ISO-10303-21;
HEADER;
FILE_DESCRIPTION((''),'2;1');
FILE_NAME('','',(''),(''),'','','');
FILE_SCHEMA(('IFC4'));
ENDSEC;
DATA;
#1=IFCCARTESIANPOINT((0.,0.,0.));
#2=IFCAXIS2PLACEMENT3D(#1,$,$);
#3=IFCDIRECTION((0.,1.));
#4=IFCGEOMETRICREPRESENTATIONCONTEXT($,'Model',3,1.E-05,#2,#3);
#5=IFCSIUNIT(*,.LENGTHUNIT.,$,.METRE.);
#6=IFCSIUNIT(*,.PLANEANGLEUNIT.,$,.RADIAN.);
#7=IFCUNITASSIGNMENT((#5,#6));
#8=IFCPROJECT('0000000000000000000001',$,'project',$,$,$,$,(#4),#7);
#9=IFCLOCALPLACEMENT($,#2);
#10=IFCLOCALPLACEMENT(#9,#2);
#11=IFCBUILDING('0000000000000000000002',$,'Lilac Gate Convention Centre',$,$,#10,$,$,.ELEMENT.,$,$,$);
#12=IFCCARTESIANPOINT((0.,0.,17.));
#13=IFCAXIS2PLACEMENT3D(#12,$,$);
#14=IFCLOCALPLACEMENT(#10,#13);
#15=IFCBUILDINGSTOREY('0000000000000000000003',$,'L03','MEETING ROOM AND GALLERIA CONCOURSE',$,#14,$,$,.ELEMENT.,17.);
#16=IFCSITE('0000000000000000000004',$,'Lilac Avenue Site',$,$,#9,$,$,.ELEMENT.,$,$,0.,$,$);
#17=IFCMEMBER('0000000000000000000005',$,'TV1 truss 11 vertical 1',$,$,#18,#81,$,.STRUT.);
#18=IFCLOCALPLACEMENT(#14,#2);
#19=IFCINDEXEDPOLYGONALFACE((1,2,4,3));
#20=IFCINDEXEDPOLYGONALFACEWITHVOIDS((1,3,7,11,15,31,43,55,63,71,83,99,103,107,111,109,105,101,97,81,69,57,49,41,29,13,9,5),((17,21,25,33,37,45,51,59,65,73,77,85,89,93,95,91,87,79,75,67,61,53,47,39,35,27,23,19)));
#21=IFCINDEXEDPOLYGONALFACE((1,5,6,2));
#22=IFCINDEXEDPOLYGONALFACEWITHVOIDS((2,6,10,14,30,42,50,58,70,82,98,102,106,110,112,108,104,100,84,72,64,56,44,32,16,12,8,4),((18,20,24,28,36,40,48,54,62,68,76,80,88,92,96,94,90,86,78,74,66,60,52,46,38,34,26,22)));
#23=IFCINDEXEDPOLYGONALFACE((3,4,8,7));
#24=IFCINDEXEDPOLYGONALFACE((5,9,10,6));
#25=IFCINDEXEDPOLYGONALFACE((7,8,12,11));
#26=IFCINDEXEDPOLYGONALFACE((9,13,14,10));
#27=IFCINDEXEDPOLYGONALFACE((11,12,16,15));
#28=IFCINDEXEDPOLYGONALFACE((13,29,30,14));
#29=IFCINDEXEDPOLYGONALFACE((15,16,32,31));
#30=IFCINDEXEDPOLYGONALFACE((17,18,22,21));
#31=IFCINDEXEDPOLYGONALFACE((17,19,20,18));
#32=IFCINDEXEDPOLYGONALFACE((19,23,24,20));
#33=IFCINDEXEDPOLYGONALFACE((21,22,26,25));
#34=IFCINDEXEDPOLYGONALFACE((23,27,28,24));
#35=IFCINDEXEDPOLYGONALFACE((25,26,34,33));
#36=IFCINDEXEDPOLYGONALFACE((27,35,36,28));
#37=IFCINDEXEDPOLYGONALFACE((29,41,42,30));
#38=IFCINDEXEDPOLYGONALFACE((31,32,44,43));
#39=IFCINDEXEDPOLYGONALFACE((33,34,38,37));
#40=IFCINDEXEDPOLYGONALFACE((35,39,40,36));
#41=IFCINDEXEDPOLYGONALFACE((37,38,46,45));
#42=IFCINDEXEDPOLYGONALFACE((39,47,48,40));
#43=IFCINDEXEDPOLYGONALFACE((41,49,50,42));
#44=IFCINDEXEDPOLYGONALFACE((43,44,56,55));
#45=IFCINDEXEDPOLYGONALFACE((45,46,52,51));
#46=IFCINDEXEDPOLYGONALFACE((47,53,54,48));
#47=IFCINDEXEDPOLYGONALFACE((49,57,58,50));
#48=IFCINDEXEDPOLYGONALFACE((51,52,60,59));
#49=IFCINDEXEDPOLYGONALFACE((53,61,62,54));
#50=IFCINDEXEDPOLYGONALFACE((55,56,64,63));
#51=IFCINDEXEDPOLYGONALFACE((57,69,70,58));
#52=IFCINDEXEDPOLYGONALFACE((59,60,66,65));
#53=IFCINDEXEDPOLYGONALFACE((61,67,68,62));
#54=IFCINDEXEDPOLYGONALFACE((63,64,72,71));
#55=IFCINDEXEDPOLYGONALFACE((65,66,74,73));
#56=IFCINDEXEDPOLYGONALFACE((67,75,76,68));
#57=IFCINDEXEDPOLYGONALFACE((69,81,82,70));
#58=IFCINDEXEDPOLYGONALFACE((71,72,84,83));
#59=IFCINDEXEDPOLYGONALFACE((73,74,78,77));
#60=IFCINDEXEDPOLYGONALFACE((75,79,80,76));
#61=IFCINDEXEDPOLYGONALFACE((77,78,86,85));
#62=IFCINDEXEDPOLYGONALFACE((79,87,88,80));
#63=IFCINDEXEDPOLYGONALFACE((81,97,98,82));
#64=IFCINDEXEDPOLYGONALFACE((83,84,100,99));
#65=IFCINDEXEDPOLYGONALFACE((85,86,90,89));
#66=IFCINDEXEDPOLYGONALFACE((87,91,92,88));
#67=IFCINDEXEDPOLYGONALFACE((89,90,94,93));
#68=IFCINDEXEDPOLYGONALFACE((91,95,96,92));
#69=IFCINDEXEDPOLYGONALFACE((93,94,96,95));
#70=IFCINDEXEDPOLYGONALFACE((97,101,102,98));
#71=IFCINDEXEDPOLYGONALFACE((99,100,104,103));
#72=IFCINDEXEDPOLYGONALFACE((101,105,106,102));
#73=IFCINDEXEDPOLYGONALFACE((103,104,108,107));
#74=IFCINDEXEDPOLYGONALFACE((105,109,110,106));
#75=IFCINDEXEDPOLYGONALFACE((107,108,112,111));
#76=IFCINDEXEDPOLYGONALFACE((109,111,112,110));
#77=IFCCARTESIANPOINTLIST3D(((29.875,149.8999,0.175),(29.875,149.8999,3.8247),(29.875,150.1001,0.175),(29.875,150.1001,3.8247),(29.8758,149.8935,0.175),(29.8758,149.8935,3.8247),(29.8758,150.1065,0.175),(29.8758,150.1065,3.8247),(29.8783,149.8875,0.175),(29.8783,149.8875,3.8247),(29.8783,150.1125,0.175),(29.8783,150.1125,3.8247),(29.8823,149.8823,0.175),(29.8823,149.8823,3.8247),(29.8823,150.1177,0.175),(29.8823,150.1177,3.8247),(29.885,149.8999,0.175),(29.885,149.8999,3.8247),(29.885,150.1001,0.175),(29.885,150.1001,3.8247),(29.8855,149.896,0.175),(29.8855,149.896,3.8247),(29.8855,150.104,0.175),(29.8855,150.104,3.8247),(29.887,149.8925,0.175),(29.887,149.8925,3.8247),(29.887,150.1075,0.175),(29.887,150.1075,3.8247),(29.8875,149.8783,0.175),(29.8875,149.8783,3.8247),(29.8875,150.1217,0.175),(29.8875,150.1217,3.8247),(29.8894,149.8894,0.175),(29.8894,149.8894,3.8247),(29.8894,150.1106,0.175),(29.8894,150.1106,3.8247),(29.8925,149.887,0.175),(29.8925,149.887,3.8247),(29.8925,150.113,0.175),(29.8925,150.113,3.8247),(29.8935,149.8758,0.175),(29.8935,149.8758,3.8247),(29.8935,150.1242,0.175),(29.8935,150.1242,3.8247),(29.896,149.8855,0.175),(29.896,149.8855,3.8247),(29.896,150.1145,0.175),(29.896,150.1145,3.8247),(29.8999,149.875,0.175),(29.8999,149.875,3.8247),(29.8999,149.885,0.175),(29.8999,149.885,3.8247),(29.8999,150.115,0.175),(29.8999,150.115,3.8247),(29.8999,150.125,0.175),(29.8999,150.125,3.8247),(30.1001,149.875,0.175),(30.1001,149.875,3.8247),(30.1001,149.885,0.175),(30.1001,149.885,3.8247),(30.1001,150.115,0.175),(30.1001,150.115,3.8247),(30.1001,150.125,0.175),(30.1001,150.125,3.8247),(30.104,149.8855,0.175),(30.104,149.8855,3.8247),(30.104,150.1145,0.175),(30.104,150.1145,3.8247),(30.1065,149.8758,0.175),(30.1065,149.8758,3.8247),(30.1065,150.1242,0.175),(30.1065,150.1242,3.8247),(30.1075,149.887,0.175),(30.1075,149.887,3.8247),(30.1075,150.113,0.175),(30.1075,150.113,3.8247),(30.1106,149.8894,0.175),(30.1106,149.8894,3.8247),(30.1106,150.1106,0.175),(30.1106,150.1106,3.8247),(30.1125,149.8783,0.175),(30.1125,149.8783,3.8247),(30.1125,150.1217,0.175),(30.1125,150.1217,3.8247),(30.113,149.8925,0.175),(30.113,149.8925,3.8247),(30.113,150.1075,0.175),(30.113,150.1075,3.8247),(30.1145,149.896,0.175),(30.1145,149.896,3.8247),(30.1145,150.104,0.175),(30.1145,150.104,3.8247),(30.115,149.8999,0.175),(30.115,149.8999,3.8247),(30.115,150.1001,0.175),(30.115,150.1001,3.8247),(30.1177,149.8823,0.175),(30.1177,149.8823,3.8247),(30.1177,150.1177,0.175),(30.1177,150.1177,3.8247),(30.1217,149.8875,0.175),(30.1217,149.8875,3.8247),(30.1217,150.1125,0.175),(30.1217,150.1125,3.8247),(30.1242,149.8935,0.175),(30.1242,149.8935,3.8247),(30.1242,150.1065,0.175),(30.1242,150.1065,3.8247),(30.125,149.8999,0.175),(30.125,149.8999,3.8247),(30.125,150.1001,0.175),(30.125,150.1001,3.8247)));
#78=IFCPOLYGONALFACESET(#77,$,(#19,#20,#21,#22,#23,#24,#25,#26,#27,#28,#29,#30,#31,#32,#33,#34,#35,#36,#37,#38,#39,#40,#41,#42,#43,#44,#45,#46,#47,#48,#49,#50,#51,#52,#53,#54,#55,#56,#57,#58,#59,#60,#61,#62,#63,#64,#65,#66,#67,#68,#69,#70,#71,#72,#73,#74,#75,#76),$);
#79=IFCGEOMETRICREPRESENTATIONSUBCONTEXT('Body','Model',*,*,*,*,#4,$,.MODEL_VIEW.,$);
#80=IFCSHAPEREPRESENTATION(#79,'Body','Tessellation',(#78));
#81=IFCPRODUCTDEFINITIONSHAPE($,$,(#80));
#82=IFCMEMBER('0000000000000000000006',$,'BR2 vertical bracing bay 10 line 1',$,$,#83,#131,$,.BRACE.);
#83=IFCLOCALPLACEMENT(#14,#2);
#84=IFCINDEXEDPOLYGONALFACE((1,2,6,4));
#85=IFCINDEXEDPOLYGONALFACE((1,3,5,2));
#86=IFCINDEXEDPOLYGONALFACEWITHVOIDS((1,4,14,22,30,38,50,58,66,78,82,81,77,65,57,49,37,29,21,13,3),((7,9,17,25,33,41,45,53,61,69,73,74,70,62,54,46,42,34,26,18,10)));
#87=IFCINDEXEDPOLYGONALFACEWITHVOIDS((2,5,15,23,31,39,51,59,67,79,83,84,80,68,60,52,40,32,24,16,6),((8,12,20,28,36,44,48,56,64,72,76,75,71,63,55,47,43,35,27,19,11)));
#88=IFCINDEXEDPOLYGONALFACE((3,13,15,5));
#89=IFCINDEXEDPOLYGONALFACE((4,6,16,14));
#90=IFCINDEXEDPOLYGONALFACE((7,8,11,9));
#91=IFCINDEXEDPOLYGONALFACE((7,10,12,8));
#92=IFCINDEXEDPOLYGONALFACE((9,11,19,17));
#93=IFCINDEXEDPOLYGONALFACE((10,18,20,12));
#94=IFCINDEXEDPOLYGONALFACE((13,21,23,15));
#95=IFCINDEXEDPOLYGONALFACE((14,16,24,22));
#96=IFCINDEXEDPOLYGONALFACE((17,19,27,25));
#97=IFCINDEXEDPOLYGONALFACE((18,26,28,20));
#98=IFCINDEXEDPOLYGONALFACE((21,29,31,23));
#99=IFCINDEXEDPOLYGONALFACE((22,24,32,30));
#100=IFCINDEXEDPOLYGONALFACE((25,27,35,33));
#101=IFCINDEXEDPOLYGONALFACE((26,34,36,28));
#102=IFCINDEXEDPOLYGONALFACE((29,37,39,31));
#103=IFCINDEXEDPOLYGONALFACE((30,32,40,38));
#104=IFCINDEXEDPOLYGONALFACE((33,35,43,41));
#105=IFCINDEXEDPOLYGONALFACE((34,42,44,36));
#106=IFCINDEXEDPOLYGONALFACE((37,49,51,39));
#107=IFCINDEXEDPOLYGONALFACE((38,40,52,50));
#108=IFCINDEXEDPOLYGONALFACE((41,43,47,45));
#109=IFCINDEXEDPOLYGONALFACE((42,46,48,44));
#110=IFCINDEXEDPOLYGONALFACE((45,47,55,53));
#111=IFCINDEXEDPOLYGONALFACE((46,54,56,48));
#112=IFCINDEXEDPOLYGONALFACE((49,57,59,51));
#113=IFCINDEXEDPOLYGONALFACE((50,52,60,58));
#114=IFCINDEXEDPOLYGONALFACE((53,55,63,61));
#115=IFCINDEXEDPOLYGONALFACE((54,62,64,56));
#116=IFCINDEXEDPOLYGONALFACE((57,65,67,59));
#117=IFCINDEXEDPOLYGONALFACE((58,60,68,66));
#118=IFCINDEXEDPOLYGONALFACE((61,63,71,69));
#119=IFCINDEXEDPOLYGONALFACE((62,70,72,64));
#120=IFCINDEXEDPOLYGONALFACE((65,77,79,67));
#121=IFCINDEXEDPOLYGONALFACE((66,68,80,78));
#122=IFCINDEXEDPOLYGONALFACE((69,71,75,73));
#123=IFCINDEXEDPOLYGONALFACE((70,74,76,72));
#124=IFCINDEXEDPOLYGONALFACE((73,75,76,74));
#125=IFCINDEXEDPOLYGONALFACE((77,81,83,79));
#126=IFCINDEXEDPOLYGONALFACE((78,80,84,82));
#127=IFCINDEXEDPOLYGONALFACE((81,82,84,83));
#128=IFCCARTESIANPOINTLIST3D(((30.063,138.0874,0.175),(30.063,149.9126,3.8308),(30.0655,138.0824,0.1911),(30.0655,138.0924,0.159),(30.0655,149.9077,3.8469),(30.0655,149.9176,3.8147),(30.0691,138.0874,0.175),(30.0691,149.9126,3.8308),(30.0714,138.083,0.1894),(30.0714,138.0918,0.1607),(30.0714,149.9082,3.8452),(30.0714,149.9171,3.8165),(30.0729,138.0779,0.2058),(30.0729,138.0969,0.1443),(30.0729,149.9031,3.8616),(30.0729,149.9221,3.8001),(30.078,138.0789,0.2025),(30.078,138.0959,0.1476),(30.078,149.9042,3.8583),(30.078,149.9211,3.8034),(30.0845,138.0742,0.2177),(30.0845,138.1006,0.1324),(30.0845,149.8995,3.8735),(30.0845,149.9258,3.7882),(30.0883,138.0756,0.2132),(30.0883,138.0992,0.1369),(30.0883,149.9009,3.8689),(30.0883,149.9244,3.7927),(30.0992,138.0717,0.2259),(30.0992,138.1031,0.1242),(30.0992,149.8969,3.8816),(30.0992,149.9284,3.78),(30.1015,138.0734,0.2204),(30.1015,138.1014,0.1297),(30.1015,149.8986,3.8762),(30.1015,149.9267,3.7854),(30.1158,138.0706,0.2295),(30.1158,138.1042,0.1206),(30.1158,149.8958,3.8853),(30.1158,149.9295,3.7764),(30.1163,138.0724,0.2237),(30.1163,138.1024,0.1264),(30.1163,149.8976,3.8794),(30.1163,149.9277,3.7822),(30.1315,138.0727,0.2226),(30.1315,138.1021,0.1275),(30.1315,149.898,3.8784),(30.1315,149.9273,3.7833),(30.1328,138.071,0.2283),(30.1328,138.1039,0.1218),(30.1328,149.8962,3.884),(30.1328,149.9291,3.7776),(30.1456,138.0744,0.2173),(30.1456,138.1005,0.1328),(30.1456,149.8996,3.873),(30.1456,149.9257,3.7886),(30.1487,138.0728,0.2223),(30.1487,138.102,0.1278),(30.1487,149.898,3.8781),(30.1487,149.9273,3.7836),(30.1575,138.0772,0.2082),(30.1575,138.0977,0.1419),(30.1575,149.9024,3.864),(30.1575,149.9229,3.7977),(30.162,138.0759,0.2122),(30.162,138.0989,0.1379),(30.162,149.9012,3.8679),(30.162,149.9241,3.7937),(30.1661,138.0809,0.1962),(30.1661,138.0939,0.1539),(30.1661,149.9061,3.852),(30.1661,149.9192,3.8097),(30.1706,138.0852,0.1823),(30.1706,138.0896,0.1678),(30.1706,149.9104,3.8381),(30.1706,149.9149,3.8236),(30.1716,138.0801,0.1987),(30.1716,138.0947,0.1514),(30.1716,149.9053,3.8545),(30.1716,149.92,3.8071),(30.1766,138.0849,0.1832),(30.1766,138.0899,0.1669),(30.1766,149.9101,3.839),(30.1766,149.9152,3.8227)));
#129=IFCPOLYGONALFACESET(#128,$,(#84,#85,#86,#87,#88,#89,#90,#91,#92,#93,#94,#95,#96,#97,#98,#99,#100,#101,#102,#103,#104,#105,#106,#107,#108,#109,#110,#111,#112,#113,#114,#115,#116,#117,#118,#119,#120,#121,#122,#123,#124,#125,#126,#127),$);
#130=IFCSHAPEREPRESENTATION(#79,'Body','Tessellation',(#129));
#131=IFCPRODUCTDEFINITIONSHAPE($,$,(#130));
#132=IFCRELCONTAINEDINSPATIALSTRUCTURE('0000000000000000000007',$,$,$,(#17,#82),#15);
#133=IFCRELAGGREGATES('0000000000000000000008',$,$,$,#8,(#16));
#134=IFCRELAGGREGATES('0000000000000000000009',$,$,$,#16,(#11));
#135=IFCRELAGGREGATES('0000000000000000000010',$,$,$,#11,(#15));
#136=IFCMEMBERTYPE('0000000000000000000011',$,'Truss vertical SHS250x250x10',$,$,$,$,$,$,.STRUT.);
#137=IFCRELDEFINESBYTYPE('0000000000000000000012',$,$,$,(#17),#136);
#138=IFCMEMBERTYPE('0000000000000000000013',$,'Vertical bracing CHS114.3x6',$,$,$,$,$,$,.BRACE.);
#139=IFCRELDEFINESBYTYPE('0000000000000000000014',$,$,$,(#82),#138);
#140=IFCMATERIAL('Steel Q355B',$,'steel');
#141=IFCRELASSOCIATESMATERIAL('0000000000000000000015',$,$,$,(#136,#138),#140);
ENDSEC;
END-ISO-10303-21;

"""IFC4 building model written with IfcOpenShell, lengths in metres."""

from ifc_helpers import new_model, si_unit, direction, frame, origin, origin_2d, place, context, subcontext, project, spatial, hollow_rectangle, hollow_circle, extrude, material, material_profile, profile_set, type_object, element, save


model = new_model("IFC4")

# Units and contexts
model_context = context("Model", 3, precision=1e-05, world=origin(), true_north=direction((0.0, 1.0)))
body_context = subcontext(model_context, "Body", "Model", "MODEL_VIEW")
ifc_project = project(units=[si_unit("LENGTHUNIT", "METRE"), si_unit("PLANEANGLEUNIT", "RADIAN")], contexts=[model_context])

# Site, building, storey
site_placement = place(None, origin())
site = spatial("IfcSite", under=ifc_project, at=site_placement, Name="Lilac Avenue Site", CompositionType="ELEMENT", RefElevation=0.0)
building_placement = place(site_placement, origin())
building = spatial("IfcBuilding", under=site, at=building_placement, Name="Lilac Gate Convention Centre", CompositionType="ELEMENT")
storey_placement = place(building_placement, frame((0.0, 0.0, 17.0)))
storey = spatial("IfcBuildingStorey", under=building, at=storey_placement, Name="L03", Description="MEETING ROOM AND GALLERIA CONCOURSE", CompositionType="ELEMENT", Elevation=17.0)

# Members
ifc_material = material(Name="Steel Q355B", Category="steel")
ifc_material_profile_1 = material_profile(ifc_material, hollow_rectangle(XDim=0.25, YDim=0.25, WallThickness=0.01, InnerFilletRadius=0.0149, OuterFilletRadius=0.0249, at=origin_2d()), Name="SHS250x250x10")
ifc_profile_set_1 = profile_set([ifc_material_profile_1], Name="Steel Q355B")
member_type_1 = type_object("IfcMemberType", Name="Truss vertical SHS250x250x10", PredefinedType="STRUT", material=ifc_profile_set_1)
member_1_placement = place(storey_placement, frame((30.0, 150.0, 0.175), z_axis=(0.0, 0.0, 1.0), x_axis=(1.0, 0.0, 0.0)))
element("IfcMember", 1, at=member_1_placement, inside=storey, type_object=member_type_1, Name="TV1 truss 11 vertical 1", PredefinedType="STRUT", context=body_context, shape_type="SweptSolid", body=[
    extrude(hollow_rectangle(XDim=0.25, YDim=0.25, WallThickness=0.01, InnerFilletRadius=0.0149, OuterFilletRadius=0.0249, at=origin_2d()), origin(), (0.0, 0.0, 1.0), 3.6497),
])
ifc_material_profile_2 = material_profile(ifc_material, hollow_circle(Radius=0.0571, WallThickness=0.0061, at=origin_2d()), Name="CHS114.3x6")
ifc_profile_set_2 = profile_set([ifc_material_profile_2], Name="Steel Q355B")
member_type_2 = type_object("IfcMemberType", Name="Vertical bracing CHS114.3x6", PredefinedType="BRACE", material=ifc_profile_set_2)
member_2_placement = place(storey_placement, frame((30.1201, 138.0874, 0.175), z_axis=(0.0, 0.955387, 0.295358), x_axis=(-1.0, 0.0, 0.0)))
element("IfcMember", 2, at=member_2_placement, inside=storey, type_object=member_type_2, Name="BR2 vertical bracing bay 10 line 1", PredefinedType="BRACE", context=body_context, shape_type="SweptSolid", body=[
    extrude(hollow_circle(Radius=0.0571, WallThickness=0.0061, at=origin_2d()), origin(), (0.0, 0.0, 1.0), 12.3774),
])

save(model, "model.ifc")
